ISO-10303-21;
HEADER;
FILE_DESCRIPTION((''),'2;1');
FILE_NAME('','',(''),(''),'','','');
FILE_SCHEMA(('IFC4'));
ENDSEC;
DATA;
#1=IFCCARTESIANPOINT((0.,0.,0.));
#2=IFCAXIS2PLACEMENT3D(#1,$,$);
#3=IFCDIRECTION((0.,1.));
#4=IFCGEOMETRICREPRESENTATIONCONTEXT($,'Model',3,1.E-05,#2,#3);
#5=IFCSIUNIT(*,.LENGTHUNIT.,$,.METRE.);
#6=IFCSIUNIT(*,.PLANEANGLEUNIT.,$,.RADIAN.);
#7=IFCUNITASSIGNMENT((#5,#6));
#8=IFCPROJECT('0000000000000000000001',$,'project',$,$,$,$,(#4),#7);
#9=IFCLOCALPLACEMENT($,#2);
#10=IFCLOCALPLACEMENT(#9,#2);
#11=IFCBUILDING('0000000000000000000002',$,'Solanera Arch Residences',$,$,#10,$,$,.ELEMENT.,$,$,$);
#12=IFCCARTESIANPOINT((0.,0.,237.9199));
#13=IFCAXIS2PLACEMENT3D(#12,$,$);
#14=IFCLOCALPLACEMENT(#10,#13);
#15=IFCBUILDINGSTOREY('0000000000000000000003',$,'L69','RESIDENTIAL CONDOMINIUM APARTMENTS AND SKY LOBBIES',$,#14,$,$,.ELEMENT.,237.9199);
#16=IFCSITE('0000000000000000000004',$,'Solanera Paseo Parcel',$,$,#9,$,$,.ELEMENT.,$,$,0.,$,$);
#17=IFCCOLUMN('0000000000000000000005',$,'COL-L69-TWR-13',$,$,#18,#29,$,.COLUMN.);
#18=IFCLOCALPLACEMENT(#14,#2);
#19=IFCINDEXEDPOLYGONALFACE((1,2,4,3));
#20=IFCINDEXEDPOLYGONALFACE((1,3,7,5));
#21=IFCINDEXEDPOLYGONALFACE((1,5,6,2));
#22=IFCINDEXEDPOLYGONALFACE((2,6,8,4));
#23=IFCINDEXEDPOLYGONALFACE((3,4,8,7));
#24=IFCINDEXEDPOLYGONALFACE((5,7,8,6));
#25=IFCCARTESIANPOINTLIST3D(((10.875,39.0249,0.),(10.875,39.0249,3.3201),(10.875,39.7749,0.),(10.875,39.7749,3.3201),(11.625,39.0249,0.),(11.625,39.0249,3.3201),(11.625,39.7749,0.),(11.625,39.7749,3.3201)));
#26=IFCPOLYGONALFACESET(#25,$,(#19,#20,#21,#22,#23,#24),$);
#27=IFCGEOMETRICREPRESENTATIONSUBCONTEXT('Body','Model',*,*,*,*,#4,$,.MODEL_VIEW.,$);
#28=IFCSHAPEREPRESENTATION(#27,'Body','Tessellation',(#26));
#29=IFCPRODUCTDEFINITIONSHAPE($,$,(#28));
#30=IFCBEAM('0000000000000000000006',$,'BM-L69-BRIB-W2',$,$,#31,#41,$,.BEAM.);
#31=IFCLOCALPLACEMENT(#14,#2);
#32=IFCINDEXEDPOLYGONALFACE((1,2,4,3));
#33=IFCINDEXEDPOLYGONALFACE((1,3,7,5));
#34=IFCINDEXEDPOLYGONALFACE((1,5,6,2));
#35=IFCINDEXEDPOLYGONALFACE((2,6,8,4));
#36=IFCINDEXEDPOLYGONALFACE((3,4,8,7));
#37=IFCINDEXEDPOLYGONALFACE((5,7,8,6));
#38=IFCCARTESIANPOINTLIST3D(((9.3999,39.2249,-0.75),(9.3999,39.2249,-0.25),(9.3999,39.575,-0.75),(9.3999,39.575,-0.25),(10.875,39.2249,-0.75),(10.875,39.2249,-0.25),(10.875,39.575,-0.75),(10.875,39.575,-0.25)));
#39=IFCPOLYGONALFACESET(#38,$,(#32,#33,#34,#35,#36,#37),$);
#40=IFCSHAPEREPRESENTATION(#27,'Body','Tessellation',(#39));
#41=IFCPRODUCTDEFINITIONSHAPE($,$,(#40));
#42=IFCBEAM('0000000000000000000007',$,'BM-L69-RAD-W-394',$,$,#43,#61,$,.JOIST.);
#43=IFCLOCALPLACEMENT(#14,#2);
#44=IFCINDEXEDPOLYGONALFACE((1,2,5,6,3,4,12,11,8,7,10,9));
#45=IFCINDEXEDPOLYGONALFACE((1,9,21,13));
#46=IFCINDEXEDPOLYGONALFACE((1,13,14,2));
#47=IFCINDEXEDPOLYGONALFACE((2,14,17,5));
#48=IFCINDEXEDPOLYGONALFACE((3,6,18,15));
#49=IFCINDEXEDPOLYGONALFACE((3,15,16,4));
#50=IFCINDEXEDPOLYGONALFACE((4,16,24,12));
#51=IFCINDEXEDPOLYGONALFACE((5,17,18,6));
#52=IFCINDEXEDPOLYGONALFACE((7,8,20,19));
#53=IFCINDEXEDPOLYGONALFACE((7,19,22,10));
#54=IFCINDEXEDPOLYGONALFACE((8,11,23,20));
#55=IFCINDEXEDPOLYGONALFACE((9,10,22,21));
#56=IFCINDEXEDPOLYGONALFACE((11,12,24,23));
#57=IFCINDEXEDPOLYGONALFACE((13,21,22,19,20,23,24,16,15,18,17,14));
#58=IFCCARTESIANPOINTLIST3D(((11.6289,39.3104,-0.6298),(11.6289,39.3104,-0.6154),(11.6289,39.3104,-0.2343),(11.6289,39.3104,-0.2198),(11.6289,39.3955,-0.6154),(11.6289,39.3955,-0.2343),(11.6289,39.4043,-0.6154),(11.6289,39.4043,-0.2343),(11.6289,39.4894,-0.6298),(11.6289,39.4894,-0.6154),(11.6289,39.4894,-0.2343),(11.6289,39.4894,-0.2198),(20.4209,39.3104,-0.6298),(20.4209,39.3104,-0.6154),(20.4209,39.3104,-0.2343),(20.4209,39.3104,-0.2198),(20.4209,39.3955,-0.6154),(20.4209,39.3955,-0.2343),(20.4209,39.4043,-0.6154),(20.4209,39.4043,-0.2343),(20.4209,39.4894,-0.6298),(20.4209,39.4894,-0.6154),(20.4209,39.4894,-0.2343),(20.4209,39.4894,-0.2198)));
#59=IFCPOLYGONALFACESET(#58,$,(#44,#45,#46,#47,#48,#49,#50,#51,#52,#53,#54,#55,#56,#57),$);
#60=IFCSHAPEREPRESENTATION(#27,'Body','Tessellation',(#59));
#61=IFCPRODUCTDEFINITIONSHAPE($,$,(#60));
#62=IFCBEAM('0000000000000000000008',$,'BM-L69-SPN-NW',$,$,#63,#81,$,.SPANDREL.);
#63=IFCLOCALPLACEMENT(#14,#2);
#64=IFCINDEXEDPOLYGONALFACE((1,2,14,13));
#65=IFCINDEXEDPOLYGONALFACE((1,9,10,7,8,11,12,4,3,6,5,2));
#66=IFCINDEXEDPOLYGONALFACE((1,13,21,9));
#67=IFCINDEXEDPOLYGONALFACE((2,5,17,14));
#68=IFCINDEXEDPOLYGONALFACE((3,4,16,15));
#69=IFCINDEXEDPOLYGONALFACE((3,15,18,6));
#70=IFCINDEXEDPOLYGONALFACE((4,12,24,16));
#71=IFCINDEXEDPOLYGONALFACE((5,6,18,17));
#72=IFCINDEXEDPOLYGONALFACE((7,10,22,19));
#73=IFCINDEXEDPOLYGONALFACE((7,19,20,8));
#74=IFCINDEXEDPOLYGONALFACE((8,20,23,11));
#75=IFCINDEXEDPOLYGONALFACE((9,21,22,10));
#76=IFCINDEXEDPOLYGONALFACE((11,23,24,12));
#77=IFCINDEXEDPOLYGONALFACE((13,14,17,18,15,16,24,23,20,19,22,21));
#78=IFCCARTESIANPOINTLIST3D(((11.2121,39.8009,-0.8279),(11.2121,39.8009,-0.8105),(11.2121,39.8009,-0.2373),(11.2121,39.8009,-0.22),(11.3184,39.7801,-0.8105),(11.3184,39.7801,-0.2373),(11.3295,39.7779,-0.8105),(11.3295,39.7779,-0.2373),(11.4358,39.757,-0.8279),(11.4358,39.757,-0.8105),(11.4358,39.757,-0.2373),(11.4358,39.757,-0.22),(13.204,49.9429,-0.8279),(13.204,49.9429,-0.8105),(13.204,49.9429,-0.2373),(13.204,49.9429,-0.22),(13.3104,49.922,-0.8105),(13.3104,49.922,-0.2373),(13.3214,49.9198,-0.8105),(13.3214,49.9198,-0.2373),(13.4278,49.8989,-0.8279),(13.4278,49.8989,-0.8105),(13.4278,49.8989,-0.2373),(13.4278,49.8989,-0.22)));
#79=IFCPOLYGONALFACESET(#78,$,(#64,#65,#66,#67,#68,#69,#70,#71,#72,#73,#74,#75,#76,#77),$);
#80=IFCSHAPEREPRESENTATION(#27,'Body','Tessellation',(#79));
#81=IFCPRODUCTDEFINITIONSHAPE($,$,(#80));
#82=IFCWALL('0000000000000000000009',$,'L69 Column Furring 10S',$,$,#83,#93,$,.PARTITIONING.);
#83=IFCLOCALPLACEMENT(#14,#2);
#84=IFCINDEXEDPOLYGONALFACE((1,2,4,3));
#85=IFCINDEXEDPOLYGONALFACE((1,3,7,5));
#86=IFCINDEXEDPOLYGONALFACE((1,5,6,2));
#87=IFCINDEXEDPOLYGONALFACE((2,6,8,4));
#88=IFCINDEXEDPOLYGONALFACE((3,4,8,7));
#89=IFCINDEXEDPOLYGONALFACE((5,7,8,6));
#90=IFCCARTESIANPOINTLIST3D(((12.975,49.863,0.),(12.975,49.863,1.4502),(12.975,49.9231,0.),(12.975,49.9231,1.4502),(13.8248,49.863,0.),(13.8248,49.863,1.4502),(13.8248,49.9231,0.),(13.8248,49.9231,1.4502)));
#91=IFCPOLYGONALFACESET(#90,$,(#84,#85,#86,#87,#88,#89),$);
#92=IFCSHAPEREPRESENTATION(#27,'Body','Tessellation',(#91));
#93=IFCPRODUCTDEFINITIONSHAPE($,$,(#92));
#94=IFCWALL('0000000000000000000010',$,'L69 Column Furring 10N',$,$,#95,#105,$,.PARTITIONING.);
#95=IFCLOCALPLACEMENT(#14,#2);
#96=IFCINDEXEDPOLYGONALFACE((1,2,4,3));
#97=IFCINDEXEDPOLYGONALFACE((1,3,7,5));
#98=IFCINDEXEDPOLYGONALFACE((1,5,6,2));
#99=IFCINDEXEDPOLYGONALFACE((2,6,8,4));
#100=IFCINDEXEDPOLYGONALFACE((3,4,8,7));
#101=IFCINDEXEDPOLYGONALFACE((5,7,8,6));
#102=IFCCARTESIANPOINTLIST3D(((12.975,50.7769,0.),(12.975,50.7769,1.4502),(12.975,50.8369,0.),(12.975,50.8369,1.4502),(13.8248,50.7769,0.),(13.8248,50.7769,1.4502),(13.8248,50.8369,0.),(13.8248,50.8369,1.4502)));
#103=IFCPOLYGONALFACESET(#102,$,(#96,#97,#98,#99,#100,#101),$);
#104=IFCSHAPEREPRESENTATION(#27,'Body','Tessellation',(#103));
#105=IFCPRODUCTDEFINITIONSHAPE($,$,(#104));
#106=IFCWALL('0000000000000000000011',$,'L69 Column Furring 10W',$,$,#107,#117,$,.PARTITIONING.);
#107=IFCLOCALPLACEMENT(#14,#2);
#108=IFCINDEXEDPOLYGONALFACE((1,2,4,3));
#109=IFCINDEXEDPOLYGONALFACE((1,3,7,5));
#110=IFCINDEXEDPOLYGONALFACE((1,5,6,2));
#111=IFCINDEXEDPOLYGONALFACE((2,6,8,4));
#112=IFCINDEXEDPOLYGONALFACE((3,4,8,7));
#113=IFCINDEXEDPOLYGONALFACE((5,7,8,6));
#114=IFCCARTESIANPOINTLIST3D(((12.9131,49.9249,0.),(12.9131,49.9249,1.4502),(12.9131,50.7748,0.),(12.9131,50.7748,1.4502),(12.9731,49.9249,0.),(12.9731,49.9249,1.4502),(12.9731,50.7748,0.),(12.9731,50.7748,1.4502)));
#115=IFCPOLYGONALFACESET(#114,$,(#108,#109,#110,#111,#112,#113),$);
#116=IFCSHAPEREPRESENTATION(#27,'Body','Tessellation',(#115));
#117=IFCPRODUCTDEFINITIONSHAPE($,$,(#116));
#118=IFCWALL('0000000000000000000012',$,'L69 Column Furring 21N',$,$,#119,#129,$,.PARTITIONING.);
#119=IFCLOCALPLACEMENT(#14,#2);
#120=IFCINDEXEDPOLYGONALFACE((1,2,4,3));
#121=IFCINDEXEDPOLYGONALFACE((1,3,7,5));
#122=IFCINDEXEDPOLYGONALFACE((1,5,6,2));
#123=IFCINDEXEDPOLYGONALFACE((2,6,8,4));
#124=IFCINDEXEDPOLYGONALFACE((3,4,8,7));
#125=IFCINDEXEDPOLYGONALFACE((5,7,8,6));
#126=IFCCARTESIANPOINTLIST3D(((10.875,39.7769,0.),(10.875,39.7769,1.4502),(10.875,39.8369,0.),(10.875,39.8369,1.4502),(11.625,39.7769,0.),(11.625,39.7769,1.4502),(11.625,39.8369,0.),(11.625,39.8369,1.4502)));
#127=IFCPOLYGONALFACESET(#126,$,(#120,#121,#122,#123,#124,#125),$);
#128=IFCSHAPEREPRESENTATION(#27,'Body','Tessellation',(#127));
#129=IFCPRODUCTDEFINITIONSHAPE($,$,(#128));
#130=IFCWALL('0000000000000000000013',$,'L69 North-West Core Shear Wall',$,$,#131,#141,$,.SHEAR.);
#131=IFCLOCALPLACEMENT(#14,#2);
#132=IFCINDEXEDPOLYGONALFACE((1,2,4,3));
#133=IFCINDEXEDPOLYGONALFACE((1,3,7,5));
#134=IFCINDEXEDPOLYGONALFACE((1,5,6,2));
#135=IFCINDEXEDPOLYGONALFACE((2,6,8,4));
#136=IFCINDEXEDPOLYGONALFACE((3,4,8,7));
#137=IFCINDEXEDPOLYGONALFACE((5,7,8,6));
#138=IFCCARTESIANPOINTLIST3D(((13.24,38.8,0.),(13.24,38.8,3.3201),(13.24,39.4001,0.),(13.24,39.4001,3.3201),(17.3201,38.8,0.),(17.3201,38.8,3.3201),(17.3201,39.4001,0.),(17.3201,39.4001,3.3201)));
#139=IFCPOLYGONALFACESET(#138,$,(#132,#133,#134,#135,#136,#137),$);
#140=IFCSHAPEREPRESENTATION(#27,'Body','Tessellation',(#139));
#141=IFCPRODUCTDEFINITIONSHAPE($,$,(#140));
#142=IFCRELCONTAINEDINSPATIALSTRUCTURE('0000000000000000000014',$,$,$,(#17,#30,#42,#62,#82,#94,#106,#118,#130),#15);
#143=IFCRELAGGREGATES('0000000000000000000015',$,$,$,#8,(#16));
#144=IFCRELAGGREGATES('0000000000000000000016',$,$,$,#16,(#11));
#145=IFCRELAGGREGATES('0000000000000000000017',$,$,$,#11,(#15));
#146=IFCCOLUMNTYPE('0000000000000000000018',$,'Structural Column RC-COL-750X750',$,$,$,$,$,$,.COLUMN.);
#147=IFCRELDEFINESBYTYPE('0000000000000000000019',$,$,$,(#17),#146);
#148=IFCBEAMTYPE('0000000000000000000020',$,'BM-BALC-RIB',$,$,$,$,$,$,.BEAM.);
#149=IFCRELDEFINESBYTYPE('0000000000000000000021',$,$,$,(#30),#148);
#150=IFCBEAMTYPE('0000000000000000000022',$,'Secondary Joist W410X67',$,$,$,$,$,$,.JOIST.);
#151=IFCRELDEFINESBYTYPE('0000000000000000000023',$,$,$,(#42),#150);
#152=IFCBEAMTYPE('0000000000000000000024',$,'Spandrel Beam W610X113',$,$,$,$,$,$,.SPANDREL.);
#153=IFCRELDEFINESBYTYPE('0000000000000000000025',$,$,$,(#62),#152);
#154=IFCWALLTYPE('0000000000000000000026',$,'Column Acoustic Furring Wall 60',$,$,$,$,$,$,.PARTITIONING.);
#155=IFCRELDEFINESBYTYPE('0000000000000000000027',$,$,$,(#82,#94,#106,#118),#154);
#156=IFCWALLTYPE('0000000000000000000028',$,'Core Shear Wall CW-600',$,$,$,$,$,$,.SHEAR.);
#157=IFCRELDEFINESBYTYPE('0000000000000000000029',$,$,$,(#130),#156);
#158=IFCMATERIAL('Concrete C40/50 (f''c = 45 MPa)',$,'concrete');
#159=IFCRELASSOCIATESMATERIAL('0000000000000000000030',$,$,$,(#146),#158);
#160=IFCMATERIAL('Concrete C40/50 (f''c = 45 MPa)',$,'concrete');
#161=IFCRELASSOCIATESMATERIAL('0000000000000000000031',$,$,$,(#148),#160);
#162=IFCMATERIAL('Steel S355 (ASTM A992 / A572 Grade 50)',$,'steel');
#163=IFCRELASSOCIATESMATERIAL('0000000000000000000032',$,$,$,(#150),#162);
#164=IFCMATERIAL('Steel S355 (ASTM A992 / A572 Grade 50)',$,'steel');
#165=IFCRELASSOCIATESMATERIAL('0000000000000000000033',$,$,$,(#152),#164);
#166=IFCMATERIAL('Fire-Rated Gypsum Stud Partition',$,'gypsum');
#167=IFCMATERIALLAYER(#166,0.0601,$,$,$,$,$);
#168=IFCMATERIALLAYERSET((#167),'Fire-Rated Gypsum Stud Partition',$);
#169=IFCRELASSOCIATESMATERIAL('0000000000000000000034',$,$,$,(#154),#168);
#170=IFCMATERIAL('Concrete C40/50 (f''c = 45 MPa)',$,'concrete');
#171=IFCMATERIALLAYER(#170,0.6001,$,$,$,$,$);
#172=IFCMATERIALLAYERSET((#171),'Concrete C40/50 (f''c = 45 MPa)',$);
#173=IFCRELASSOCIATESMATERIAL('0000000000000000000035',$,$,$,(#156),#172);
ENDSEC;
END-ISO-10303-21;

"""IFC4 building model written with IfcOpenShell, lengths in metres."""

from ifc_helpers import new_model, si_unit, direction, frame, frame_2d, origin, origin_2d, place, context, subcontext, project, spatial, rectangle, i_section, extrude, material, layer, layer_set, material_profile, profile_set, type_object, element, save


model = new_model("IFC4")

# Units and contexts
model_context = context("Model", 3, precision=1e-05, world=origin(), true_north=direction((0.0, 1.0)))
body_context = subcontext(model_context, "Body", "Model", "MODEL_VIEW")
ifc_project = project(units=[si_unit("LENGTHUNIT", "METRE"), si_unit("PLANEANGLEUNIT", "RADIAN")], contexts=[model_context])

# Site, building, storey
site_placement = place(None, origin())
site = spatial("IfcSite", under=ifc_project, at=site_placement, Name="Solanera Paseo Parcel", CompositionType="ELEMENT", RefElevation=0.0)
building_placement = place(site_placement, origin())
building = spatial("IfcBuilding", under=site, at=building_placement, Name="Solanera Arch Residences", CompositionType="ELEMENT")
storey_placement = place(building_placement, frame((0.0, 0.0, 237.9199)))
storey = spatial("IfcBuildingStorey", under=building, at=storey_placement, Name="L69", Description="RESIDENTIAL CONDOMINIUM APARTMENTS AND SKY LOBBIES", CompositionType="ELEMENT", Elevation=237.9199)

# Column
ifc_material_1 = material(Name="Concrete C40/50 (f'c = 45 MPa)", Category="concrete")
ifc_material_profile_1 = material_profile(ifc_material_1, rectangle(XDim=0.75, YDim=0.75, at=origin_2d()))
ifc_profile_set_1 = profile_set([ifc_material_profile_1], Name="Concrete C40/50 (f'c = 45 MPa)")
column_type = type_object("IfcColumnType", Name="Structural Column RC-COL-750X750", PredefinedType="COLUMN", material=ifc_profile_set_1)
column_placement = place(storey_placement, frame((11.25, 39.3999, 0.0), z_axis=(0.0, 0.0, 1.0), x_axis=(1.0, 0.0, 0.0)))
element("IfcColumn", 1, at=column_placement, inside=storey, type_object=column_type, Name="COL-L69-TWR-13", PredefinedType="COLUMN", context=body_context, shape_type="SweptSolid", body=[
    extrude(rectangle(XDim=0.75, YDim=0.75, at=origin_2d()), origin(), (0.0, 0.0, 1.0), 3.3201),
])

# Beams
ifc_material_2 = material(Name="Concrete C40/50 (f'c = 45 MPa)", Category="concrete")
ifc_material_profile_2 = material_profile(ifc_material_2, rectangle(XDim=0.3501, YDim=0.5, at=origin_2d()))
ifc_profile_set_2 = profile_set([ifc_material_profile_2], Name="Concrete C40/50 (f'c = 45 MPa)")
beam_type_1 = type_object("IfcBeamType", Name="BM-BALC-RIB", PredefinedType="BEAM", material=ifc_profile_set_2)
beam_1_placement = place(storey_placement, frame((9.3999, 39.3999, -0.5), z_axis=(1.0, 0.0, 0.0), x_axis=(0.0, 1.0, 0.0)))
element("IfcBeam", 2, at=beam_1_placement, inside=storey, type_object=beam_type_1, Name="BM-L69-BRIB-W2", PredefinedType="BEAM", context=body_context, shape_type="SweptSolid", body=[
    extrude(rectangle(XDim=0.3501, YDim=0.5, at=origin_2d()), origin(), (0.0, 0.0, 1.0), 1.4751),
])
ifc_material_3 = material(Name="Steel S355 (ASTM A992 / A572 Grade 50)", Category="steel")
ifc_material_profile_3 = material_profile(ifc_material_3, i_section(OverallWidth=0.179, OverallDepth=0.4099, WebThickness=0.0088, FlangeThickness=0.0144, at=origin_2d()))
ifc_profile_set_3 = profile_set([ifc_material_profile_3], Name="Steel S355 (ASTM A992 / A572 Grade 50)")
beam_type_2 = type_object("IfcBeamType", Name="Secondary Joist W410X67", PredefinedType="JOIST", material=ifc_profile_set_3)
beam_2_placement = place(storey_placement, frame((11.6289, 39.3999, -0.4248), z_axis=(1.0, 0.0, 0.0), x_axis=(0.0, 1.0, 0.0)))
element("IfcBeam", 3, at=beam_2_placement, inside=storey, type_object=beam_type_2, Name="BM-L69-RAD-W-394", PredefinedType="JOIST", context=body_context, shape_type="SweptSolid", body=[
    extrude(i_section(OverallWidth=0.179, OverallDepth=0.4099, WebThickness=0.0088, FlangeThickness=0.0144, at=origin_2d()), origin(), (0.0, 0.0, 1.0), 8.792),
])
ifc_material_4 = material(Name="Steel S355 (ASTM A992 / A572 Grade 50)", Category="steel")
ifc_material_profile_4 = material_profile(ifc_material_4, i_section(OverallWidth=0.228, OverallDepth=0.6079, WebThickness=0.0112, FlangeThickness=0.0173, at=origin_2d()))
ifc_profile_set_4 = profile_set([ifc_material_profile_4], Name="Steel S355 (ASTM A992 / A572 Grade 50)")
beam_type_3 = type_object("IfcBeamType", Name="Spandrel Beam W610X113", PredefinedType="SPANDREL", material=ifc_profile_set_4)
beam_3_placement = place(storey_placement, frame((13.3159, 49.9209, -0.5239), z_axis=(-0.192726, -0.981253, 0.0), x_axis=(0.981253, -0.192726, 0.0)))
element("IfcBeam", 4, at=beam_3_placement, inside=storey, type_object=beam_type_3, Name="BM-L69-SPN-NW", PredefinedType="SPANDREL", context=body_context, shape_type="SweptSolid", body=[
    extrude(i_section(OverallWidth=0.228, OverallDepth=0.6079, WebThickness=0.0112, FlangeThickness=0.0173, at=origin_2d()), origin(), (0.0, 0.0, 1.0), 10.3357),
])

# Walls
ifc_material_5 = material(Name="Fire-Rated Gypsum Stud Partition", Category="gypsum")
ifc_layer_1 = layer(ifc_material_5, 0.0601)
ifc_layer_set_1 = layer_set([ifc_layer_1], Name="Fire-Rated Gypsum Stud Partition")
wall_type_1 = type_object("IfcWallType", Name="Column Acoustic Furring Wall 60", PredefinedType="PARTITIONING", material=ifc_layer_set_1)
for number, where, z_axis, x_axis, name in (
    (5, (12.9751, 49.8931, 0.0), (0.0, 0.0, 1.0), (1.0, 0.0, 0.0), "L69 Column Furring 10S"),
    (6, (12.9751, 50.8069, 0.0), (0.0, 0.0, 1.0), (1.0, 0.0, 0.0), "L69 Column Furring 10N"),
    (7, (12.9431, 49.925, 0.0), (0.0, 0.0, 1.0), (0.0, 1.0, 0.0), "L69 Column Furring 10W"),
):
    element("IfcWall", number, at=place(storey_placement, frame(where, z_axis=z_axis, x_axis=x_axis)), inside=storey, type_object=wall_type_1, Name=name, PredefinedType="PARTITIONING", context=body_context, shape_type="SweptSolid", body=[
        extrude(rectangle(XDim=0.8499, YDim=0.0601, at=frame_2d((0.4248, 0.0))), origin(), (0.0, 0.0, 1.0), 1.4502),
    ])
wall_1_placement = place(storey_placement, frame((10.875, 39.8069, 0.0), z_axis=(0.0, 0.0, 1.0), x_axis=(1.0, 0.0, 0.0)))
element("IfcWall", 8, at=wall_1_placement, inside=storey, type_object=wall_type_1, Name="L69 Column Furring 21N", PredefinedType="PARTITIONING", context=body_context, shape_type="SweptSolid", body=[
    extrude(rectangle(XDim=0.75, YDim=0.0601, at=frame_2d((0.375, 0.0))), origin(), (0.0, 0.0, 1.0), 1.4502),
])
ifc_material_6 = material(Name="Concrete C40/50 (f'c = 45 MPa)", Category="concrete")
ifc_layer_2 = layer(ifc_material_6, 0.6001)
ifc_layer_set_2 = layer_set([ifc_layer_2], Name="Concrete C40/50 (f'c = 45 MPa)")
wall_type_2 = type_object("IfcWallType", Name="Core Shear Wall CW-600", PredefinedType="SHEAR", material=ifc_layer_set_2)
wall_2_placement = place(storey_placement, frame((13.24, 39.1001, 0.0), z_axis=(0.0, 0.0, 1.0), x_axis=(1.0, 0.0, 0.0)))
element("IfcWall", 9, at=wall_2_placement, inside=storey, type_object=wall_type_2, Name="L69 North-West Core Shear Wall", PredefinedType="SHEAR", context=body_context, shape_type="SweptSolid", body=[
    extrude(rectangle(XDim=4.0801, YDim=0.6001, at=frame_2d((2.04, 0.0))), origin(), (0.0, 0.0, 1.0), 3.3201),
])

save(model, "model.ifc")
